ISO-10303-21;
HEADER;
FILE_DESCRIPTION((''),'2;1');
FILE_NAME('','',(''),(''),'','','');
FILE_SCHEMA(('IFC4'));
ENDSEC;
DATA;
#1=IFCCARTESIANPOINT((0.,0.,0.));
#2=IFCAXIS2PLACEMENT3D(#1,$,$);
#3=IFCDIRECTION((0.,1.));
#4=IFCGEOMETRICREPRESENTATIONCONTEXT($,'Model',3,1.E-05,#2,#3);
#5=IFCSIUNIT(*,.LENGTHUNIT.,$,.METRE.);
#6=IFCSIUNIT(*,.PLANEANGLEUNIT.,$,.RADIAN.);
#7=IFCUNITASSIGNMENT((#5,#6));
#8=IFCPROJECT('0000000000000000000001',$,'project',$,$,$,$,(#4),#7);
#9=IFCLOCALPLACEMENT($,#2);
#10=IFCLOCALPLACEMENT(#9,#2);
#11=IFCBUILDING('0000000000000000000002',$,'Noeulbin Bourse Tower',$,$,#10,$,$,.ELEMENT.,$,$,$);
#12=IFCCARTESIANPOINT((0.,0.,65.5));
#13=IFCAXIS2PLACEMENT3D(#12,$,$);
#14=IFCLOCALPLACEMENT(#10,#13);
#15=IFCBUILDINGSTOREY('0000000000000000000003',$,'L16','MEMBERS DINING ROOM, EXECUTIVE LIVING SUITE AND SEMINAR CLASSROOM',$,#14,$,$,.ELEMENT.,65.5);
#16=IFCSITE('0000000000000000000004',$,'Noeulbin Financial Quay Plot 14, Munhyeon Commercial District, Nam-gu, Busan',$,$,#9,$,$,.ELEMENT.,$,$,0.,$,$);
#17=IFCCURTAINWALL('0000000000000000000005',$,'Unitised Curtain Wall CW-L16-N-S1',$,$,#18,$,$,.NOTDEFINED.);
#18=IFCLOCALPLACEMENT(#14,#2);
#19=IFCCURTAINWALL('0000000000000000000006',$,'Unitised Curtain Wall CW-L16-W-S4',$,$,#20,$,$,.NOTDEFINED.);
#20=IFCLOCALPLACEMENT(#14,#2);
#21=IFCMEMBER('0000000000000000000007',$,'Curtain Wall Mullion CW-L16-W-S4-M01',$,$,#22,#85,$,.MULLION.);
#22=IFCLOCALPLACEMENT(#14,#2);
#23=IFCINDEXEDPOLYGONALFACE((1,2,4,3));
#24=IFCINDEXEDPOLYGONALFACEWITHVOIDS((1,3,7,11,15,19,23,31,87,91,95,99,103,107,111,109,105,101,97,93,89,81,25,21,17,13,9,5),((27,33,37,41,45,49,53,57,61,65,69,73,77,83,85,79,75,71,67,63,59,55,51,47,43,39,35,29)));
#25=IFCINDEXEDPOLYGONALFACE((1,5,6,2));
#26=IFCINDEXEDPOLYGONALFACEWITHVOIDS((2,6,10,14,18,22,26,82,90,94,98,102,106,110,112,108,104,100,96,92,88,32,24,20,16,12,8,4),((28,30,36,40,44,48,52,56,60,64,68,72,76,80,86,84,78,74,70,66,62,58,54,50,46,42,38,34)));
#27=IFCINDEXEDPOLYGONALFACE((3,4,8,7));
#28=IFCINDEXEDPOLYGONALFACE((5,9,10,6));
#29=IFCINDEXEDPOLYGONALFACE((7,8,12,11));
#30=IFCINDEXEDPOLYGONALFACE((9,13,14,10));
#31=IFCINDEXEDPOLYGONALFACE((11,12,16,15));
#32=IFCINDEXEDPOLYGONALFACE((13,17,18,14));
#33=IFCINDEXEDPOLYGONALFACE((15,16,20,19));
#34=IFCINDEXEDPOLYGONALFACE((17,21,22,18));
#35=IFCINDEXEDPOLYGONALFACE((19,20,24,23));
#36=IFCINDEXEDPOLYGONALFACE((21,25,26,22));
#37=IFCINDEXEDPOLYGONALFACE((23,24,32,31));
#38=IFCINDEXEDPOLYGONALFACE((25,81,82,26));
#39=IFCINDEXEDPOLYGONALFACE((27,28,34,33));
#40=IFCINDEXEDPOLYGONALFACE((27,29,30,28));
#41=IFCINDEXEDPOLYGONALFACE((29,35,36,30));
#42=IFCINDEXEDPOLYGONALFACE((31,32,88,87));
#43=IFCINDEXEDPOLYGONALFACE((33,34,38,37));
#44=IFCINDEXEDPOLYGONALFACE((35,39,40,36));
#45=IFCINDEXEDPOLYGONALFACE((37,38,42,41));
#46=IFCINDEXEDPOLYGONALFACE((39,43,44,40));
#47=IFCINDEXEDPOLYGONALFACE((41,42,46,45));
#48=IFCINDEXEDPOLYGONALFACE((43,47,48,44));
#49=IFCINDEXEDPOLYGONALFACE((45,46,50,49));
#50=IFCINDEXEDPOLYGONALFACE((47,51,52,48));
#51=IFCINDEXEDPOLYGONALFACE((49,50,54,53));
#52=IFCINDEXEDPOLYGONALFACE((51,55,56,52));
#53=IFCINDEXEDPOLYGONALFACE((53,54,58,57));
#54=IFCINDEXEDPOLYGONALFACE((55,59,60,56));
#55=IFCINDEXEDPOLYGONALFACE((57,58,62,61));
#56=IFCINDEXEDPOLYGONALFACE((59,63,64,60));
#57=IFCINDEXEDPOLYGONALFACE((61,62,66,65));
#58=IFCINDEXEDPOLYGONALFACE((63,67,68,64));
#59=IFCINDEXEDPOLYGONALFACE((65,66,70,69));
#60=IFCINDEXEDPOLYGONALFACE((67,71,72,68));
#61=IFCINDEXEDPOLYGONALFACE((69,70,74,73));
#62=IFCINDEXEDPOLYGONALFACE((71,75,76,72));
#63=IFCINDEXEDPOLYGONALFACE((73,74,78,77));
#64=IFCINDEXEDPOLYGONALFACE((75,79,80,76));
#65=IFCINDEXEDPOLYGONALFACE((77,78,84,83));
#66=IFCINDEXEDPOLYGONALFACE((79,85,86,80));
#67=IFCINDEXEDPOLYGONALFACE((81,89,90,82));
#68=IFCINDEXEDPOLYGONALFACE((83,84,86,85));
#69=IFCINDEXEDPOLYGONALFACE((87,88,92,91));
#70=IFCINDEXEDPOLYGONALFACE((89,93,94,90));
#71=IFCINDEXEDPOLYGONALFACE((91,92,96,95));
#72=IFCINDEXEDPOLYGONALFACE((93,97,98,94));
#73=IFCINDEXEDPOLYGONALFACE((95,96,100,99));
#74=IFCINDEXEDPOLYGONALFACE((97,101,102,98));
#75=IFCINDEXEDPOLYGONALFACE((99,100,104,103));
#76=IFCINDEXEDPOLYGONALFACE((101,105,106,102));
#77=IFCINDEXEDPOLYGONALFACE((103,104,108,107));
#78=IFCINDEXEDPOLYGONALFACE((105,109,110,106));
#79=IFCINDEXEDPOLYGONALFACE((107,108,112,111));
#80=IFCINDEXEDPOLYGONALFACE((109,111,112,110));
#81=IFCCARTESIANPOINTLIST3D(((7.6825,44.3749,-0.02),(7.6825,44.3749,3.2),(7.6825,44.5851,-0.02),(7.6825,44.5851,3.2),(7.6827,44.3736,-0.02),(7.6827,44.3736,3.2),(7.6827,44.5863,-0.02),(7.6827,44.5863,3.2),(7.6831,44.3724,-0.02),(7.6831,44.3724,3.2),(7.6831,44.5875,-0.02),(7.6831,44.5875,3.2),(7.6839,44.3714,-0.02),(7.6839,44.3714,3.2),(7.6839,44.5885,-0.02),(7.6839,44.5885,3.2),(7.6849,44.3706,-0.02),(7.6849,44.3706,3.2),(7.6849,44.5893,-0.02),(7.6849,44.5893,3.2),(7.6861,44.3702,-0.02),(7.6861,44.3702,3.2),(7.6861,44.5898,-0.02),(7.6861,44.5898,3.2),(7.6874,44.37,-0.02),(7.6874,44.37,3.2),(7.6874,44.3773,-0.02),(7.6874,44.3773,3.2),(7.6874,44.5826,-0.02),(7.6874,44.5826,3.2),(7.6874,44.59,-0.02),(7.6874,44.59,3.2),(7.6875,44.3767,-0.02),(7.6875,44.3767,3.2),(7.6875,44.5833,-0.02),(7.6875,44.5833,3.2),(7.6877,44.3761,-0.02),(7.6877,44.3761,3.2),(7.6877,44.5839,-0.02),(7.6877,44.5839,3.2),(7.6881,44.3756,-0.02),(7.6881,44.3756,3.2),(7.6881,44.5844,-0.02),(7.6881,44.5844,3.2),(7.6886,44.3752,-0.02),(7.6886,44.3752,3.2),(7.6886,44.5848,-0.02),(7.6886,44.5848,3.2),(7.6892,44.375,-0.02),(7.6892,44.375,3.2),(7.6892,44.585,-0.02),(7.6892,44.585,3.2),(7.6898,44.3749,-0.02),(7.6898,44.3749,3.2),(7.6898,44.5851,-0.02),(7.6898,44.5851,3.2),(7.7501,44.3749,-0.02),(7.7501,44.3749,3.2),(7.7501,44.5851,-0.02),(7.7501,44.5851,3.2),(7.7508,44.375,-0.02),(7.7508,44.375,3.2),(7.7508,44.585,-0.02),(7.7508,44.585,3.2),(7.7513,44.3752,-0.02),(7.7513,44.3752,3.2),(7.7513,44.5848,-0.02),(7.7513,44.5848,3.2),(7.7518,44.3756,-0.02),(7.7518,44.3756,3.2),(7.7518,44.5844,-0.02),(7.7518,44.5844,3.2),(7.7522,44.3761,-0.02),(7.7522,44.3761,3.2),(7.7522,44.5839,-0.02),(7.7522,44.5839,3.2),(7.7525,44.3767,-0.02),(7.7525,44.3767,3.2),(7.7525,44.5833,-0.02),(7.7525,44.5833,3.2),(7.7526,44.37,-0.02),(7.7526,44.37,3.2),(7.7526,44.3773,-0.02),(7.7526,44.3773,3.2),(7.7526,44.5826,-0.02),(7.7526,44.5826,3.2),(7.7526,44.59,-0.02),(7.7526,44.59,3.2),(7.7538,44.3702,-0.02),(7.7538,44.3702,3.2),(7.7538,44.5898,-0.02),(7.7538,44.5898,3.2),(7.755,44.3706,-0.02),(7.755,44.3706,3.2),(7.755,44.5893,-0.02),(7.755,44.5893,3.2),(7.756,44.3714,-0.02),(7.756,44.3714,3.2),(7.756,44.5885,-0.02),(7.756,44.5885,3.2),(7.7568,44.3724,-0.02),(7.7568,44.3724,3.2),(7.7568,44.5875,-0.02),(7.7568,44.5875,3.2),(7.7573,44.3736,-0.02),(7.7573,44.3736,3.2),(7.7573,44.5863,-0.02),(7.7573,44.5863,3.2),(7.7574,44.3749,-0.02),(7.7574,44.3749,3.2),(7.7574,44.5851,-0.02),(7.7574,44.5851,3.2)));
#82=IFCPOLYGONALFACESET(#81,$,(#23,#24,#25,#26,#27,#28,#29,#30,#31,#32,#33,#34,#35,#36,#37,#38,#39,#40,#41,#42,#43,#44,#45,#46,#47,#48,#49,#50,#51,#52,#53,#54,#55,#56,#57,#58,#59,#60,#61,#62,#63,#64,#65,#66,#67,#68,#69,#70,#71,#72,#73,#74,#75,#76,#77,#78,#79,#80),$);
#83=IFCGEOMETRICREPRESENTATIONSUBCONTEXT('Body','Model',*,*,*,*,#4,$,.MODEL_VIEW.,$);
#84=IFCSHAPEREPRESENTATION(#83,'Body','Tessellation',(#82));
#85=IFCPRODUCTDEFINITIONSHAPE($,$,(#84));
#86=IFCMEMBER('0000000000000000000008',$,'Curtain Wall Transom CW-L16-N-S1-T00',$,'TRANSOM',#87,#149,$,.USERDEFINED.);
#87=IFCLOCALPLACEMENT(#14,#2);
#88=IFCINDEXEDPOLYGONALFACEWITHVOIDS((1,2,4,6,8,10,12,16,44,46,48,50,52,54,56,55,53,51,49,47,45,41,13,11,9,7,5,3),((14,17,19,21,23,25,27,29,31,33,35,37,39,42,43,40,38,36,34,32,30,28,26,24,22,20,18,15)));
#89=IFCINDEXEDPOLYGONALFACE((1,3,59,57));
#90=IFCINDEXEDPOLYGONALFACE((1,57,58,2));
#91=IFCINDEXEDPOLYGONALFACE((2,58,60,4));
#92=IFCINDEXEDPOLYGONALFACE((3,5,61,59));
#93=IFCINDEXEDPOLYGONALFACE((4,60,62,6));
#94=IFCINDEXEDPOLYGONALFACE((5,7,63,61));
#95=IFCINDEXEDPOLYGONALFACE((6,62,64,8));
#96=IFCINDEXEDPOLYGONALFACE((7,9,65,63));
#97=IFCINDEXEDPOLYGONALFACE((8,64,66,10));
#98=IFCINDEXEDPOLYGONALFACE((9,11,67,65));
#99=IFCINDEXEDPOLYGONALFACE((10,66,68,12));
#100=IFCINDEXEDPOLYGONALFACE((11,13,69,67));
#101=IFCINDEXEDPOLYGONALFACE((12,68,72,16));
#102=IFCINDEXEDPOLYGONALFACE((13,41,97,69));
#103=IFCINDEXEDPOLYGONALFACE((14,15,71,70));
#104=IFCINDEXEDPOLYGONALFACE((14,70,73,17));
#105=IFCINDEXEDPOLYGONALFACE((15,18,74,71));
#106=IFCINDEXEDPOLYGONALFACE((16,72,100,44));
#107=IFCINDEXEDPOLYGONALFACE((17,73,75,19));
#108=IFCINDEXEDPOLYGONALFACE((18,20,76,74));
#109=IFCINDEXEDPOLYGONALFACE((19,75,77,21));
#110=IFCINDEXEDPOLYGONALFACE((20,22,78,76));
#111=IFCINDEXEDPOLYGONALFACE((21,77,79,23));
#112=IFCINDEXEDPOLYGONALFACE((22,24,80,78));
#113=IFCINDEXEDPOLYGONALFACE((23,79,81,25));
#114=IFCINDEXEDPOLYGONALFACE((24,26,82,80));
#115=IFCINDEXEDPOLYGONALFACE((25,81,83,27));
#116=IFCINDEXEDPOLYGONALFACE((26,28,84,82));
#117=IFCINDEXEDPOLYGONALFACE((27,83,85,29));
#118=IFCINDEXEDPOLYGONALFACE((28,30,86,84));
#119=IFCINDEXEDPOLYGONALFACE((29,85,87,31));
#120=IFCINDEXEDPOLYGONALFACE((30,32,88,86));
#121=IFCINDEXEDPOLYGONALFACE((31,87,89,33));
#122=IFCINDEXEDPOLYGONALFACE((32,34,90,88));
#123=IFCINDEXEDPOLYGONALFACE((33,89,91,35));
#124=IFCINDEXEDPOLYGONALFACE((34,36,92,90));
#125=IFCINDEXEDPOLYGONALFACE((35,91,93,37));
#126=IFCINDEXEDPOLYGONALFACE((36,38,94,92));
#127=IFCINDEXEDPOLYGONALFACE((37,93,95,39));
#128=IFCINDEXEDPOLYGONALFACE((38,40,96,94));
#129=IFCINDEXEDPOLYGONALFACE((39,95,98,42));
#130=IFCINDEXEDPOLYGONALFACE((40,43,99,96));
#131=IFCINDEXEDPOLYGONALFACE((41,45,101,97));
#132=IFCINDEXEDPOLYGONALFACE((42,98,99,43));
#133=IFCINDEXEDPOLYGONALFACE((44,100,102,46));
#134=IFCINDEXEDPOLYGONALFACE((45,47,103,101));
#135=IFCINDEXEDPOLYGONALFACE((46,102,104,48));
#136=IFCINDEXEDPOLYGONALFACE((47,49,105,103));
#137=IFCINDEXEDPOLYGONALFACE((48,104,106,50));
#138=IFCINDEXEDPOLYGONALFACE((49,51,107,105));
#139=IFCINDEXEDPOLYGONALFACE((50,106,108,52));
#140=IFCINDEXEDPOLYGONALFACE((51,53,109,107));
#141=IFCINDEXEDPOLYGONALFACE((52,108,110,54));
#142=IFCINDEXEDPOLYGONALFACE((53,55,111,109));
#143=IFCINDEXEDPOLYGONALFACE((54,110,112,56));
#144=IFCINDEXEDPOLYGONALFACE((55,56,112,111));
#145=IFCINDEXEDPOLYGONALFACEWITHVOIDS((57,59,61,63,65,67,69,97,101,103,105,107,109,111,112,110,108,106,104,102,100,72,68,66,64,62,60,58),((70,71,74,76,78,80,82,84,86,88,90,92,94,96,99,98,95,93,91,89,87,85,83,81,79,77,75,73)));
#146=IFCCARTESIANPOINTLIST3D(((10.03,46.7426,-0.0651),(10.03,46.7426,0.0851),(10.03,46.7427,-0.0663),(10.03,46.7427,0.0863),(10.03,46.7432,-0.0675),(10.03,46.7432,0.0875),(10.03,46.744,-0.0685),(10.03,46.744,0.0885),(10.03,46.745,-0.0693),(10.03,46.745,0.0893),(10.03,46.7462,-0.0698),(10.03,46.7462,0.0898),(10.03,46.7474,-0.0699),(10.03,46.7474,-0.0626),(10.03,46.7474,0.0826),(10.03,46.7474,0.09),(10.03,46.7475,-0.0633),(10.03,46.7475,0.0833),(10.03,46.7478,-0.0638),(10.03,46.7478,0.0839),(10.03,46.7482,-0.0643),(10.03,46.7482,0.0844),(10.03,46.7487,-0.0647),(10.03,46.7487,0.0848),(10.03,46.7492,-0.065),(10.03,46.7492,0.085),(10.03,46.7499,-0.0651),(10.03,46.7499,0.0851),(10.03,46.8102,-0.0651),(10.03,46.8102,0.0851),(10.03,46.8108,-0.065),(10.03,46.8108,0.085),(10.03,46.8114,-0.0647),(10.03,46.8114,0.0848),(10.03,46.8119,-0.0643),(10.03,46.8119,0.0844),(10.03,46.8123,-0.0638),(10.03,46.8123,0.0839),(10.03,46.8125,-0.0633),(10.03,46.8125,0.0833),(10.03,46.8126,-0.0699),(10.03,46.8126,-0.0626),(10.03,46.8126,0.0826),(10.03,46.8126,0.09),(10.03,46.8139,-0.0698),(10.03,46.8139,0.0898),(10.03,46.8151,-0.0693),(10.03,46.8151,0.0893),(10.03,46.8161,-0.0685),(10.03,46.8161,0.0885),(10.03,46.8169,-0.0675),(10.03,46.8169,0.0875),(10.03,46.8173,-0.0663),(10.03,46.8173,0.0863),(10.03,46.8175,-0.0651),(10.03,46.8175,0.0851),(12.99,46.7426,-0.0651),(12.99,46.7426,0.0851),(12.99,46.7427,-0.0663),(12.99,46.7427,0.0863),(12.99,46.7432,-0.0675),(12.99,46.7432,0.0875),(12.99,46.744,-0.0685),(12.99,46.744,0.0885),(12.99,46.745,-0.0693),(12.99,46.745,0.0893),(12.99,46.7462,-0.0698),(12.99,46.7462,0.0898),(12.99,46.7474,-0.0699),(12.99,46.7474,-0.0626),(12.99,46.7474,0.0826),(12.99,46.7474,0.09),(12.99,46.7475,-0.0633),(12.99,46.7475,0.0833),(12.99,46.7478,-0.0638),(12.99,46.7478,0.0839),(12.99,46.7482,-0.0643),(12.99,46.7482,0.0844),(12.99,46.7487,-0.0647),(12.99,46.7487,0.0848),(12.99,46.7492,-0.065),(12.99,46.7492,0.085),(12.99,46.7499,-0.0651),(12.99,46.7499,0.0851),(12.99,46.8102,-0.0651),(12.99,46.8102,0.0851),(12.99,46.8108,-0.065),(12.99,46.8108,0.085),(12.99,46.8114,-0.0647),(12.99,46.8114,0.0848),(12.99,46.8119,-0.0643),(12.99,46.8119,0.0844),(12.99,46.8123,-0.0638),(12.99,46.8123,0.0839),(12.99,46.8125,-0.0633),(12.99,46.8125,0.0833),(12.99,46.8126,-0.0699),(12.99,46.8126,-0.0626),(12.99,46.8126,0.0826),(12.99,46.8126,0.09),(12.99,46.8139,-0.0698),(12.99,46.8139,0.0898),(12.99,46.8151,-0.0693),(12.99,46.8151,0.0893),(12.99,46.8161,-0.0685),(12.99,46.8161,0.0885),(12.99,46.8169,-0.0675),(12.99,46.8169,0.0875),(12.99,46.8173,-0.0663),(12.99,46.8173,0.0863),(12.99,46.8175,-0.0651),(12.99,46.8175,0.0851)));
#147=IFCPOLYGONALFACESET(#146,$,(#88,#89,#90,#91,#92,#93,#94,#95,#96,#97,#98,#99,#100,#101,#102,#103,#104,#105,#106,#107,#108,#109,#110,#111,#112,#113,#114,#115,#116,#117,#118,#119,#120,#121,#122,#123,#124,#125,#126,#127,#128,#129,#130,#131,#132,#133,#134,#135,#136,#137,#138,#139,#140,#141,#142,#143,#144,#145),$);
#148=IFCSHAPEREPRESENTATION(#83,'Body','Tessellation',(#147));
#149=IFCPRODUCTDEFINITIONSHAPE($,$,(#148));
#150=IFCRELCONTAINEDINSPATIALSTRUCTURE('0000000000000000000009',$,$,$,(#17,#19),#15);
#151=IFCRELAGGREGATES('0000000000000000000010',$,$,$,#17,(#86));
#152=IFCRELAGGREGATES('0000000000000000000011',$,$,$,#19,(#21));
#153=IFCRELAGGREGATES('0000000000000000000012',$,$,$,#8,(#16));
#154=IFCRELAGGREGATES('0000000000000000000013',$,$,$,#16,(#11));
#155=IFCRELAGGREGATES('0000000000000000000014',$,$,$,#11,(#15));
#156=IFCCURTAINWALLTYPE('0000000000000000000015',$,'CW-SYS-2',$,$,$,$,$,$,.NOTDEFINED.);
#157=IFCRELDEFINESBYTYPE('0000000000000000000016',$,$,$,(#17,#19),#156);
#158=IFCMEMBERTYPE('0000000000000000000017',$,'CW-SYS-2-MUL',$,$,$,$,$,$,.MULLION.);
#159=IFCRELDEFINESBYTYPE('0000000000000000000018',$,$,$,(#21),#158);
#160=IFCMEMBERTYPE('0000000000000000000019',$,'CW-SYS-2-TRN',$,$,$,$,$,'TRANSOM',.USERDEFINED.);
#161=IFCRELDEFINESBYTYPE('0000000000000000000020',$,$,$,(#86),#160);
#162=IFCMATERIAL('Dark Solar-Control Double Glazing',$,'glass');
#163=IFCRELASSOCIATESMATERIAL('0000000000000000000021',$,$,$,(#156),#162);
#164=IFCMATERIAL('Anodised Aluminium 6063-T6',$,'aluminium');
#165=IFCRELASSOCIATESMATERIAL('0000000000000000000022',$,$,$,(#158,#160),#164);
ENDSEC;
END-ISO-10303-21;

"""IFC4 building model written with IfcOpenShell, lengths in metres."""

from ifc_helpers import new_model, si_unit, direction, frame, origin, origin_2d, place, context, subcontext, project, spatial, hollow_rectangle, extrude, material, material_profile, profile_set, type_object, element, aggregate, save


model = new_model("IFC4")

# Units and contexts
model_context = context("Model", 3, precision=1e-05, world=origin(), true_north=direction((0.0, 1.0)))
body_context = subcontext(model_context, "Body", "Model", "MODEL_VIEW")
ifc_project = project(units=[si_unit("LENGTHUNIT", "METRE"), si_unit("PLANEANGLEUNIT", "RADIAN")], contexts=[model_context])

# Site, building, storey
site_placement = place(None, origin())
site = spatial("IfcSite", under=ifc_project, at=site_placement, Name="Noeulbin Financial Quay Plot 14, Munhyeon Commercial District, Nam-gu, Busan", CompositionType="ELEMENT", RefElevation=0.0)
building_placement = place(site_placement, origin())
building = spatial("IfcBuilding", under=site, at=building_placement, Name="Noeulbin Bourse Tower", CompositionType="ELEMENT")
storey_placement = place(building_placement, frame((0.0, 0.0, 65.5)))
storey = spatial("IfcBuildingStorey", under=building, at=storey_placement, Name="L16", Description="MEMBERS DINING ROOM, EXECUTIVE LIVING SUITE AND SEMINAR CLASSROOM", CompositionType="ELEMENT", Elevation=65.5)

# Curtain wall
ifc_material_1 = material(Name="Dark Solar-Control Double Glazing", Category="glass")
curtain_wall_type = type_object("IfcCurtainWallType", Name="CW-SYS-2", PredefinedType="NOTDEFINED", material=ifc_material_1)
curtain_wall_1_placement = place(storey_placement, origin())
curtain_wall_1 = element("IfcCurtainWall", 1, at=curtain_wall_1_placement, inside=storey, type_object=curtain_wall_type, Name="Unitised Curtain Wall CW-L16-N-S1", PredefinedType="NOTDEFINED")
ifc_material_2 = material(Name="Anodised Aluminium 6063-T6", Category="aluminium")
ifc_material_profile_1 = material_profile(ifc_material_2, hollow_rectangle(XDim=0.075, YDim=0.22, WallThickness=0.0049, InnerFilletRadius=0.0024, OuterFilletRadius=0.0049, at=origin_2d()), Name="ALU-MULL-75x220x5", Category="LoadBearing")
ifc_profile_set_1 = profile_set([ifc_material_profile_1], Name="Anodised Aluminium 6063-T6")
member_type_1 = type_object("IfcMemberType", Name="CW-SYS-2-MUL", PredefinedType="MULLION", material=ifc_profile_set_1)

# Curtain wall, member
curtain_wall_2_placement = place(storey_placement, origin())
curtain_wall_2 = element("IfcCurtainWall", 2, at=curtain_wall_2_placement, inside=storey, type_object=curtain_wall_type, Name="Unitised Curtain Wall CW-L16-W-S4", PredefinedType="NOTDEFINED")
member_1_placement = place(storey_placement, frame((7.72, 44.48, -0.02), z_axis=(0.0, 0.0, 1.0), x_axis=(1.0, 0.0, 0.0)))
member_1 = element("IfcMember", 3, at=member_1_placement, type_object=member_type_1, Name="Curtain Wall Mullion CW-L16-W-S4-M01", PredefinedType="MULLION", context=body_context, shape_type="SweptSolid", body=[
    extrude(hollow_rectangle(XDim=0.075, YDim=0.22, WallThickness=0.0049, InnerFilletRadius=0.0024, OuterFilletRadius=0.0049, at=origin_2d()), origin(), (0.0, 0.0, 1.0), 3.22),
])

# Member
ifc_material_profile_2 = material_profile(ifc_material_2, hollow_rectangle(XDim=0.075, YDim=0.1599, WallThickness=0.0049, InnerFilletRadius=0.0024, OuterFilletRadius=0.0049, at=origin_2d()), Name="ALU-TRAN-75x160x5", Category="LoadBearing")
ifc_profile_set_2 = profile_set([ifc_material_profile_2], Name="Anodised Aluminium 6063-T6")
member_type_2 = type_object("IfcMemberType", Name="CW-SYS-2-TRN", ElementType="TRANSOM", PredefinedType="USERDEFINED", material=ifc_profile_set_2)
member_2_placement = place(storey_placement, frame((10.03, 46.78, 0.01), z_axis=(1.0, 0.0, 0.0), x_axis=(0.0, 1.0, 0.0)))
member_2 = element("IfcMember", 4, at=member_2_placement, type_object=member_type_2, Name="Curtain Wall Transom CW-L16-N-S1-T00", ObjectType="TRANSOM", PredefinedType="USERDEFINED", context=body_context, shape_type="SweptSolid", body=[
    extrude(hollow_rectangle(XDim=0.075, YDim=0.1599, WallThickness=0.0049, InnerFilletRadius=0.0024, OuterFilletRadius=0.0049, at=origin_2d()), origin(), (0.0, 0.0, 1.0), 2.96),
])

aggregate(curtain_wall_1, [member_2])
aggregate(curtain_wall_2, [member_1])

save(model, "model.ifc")
